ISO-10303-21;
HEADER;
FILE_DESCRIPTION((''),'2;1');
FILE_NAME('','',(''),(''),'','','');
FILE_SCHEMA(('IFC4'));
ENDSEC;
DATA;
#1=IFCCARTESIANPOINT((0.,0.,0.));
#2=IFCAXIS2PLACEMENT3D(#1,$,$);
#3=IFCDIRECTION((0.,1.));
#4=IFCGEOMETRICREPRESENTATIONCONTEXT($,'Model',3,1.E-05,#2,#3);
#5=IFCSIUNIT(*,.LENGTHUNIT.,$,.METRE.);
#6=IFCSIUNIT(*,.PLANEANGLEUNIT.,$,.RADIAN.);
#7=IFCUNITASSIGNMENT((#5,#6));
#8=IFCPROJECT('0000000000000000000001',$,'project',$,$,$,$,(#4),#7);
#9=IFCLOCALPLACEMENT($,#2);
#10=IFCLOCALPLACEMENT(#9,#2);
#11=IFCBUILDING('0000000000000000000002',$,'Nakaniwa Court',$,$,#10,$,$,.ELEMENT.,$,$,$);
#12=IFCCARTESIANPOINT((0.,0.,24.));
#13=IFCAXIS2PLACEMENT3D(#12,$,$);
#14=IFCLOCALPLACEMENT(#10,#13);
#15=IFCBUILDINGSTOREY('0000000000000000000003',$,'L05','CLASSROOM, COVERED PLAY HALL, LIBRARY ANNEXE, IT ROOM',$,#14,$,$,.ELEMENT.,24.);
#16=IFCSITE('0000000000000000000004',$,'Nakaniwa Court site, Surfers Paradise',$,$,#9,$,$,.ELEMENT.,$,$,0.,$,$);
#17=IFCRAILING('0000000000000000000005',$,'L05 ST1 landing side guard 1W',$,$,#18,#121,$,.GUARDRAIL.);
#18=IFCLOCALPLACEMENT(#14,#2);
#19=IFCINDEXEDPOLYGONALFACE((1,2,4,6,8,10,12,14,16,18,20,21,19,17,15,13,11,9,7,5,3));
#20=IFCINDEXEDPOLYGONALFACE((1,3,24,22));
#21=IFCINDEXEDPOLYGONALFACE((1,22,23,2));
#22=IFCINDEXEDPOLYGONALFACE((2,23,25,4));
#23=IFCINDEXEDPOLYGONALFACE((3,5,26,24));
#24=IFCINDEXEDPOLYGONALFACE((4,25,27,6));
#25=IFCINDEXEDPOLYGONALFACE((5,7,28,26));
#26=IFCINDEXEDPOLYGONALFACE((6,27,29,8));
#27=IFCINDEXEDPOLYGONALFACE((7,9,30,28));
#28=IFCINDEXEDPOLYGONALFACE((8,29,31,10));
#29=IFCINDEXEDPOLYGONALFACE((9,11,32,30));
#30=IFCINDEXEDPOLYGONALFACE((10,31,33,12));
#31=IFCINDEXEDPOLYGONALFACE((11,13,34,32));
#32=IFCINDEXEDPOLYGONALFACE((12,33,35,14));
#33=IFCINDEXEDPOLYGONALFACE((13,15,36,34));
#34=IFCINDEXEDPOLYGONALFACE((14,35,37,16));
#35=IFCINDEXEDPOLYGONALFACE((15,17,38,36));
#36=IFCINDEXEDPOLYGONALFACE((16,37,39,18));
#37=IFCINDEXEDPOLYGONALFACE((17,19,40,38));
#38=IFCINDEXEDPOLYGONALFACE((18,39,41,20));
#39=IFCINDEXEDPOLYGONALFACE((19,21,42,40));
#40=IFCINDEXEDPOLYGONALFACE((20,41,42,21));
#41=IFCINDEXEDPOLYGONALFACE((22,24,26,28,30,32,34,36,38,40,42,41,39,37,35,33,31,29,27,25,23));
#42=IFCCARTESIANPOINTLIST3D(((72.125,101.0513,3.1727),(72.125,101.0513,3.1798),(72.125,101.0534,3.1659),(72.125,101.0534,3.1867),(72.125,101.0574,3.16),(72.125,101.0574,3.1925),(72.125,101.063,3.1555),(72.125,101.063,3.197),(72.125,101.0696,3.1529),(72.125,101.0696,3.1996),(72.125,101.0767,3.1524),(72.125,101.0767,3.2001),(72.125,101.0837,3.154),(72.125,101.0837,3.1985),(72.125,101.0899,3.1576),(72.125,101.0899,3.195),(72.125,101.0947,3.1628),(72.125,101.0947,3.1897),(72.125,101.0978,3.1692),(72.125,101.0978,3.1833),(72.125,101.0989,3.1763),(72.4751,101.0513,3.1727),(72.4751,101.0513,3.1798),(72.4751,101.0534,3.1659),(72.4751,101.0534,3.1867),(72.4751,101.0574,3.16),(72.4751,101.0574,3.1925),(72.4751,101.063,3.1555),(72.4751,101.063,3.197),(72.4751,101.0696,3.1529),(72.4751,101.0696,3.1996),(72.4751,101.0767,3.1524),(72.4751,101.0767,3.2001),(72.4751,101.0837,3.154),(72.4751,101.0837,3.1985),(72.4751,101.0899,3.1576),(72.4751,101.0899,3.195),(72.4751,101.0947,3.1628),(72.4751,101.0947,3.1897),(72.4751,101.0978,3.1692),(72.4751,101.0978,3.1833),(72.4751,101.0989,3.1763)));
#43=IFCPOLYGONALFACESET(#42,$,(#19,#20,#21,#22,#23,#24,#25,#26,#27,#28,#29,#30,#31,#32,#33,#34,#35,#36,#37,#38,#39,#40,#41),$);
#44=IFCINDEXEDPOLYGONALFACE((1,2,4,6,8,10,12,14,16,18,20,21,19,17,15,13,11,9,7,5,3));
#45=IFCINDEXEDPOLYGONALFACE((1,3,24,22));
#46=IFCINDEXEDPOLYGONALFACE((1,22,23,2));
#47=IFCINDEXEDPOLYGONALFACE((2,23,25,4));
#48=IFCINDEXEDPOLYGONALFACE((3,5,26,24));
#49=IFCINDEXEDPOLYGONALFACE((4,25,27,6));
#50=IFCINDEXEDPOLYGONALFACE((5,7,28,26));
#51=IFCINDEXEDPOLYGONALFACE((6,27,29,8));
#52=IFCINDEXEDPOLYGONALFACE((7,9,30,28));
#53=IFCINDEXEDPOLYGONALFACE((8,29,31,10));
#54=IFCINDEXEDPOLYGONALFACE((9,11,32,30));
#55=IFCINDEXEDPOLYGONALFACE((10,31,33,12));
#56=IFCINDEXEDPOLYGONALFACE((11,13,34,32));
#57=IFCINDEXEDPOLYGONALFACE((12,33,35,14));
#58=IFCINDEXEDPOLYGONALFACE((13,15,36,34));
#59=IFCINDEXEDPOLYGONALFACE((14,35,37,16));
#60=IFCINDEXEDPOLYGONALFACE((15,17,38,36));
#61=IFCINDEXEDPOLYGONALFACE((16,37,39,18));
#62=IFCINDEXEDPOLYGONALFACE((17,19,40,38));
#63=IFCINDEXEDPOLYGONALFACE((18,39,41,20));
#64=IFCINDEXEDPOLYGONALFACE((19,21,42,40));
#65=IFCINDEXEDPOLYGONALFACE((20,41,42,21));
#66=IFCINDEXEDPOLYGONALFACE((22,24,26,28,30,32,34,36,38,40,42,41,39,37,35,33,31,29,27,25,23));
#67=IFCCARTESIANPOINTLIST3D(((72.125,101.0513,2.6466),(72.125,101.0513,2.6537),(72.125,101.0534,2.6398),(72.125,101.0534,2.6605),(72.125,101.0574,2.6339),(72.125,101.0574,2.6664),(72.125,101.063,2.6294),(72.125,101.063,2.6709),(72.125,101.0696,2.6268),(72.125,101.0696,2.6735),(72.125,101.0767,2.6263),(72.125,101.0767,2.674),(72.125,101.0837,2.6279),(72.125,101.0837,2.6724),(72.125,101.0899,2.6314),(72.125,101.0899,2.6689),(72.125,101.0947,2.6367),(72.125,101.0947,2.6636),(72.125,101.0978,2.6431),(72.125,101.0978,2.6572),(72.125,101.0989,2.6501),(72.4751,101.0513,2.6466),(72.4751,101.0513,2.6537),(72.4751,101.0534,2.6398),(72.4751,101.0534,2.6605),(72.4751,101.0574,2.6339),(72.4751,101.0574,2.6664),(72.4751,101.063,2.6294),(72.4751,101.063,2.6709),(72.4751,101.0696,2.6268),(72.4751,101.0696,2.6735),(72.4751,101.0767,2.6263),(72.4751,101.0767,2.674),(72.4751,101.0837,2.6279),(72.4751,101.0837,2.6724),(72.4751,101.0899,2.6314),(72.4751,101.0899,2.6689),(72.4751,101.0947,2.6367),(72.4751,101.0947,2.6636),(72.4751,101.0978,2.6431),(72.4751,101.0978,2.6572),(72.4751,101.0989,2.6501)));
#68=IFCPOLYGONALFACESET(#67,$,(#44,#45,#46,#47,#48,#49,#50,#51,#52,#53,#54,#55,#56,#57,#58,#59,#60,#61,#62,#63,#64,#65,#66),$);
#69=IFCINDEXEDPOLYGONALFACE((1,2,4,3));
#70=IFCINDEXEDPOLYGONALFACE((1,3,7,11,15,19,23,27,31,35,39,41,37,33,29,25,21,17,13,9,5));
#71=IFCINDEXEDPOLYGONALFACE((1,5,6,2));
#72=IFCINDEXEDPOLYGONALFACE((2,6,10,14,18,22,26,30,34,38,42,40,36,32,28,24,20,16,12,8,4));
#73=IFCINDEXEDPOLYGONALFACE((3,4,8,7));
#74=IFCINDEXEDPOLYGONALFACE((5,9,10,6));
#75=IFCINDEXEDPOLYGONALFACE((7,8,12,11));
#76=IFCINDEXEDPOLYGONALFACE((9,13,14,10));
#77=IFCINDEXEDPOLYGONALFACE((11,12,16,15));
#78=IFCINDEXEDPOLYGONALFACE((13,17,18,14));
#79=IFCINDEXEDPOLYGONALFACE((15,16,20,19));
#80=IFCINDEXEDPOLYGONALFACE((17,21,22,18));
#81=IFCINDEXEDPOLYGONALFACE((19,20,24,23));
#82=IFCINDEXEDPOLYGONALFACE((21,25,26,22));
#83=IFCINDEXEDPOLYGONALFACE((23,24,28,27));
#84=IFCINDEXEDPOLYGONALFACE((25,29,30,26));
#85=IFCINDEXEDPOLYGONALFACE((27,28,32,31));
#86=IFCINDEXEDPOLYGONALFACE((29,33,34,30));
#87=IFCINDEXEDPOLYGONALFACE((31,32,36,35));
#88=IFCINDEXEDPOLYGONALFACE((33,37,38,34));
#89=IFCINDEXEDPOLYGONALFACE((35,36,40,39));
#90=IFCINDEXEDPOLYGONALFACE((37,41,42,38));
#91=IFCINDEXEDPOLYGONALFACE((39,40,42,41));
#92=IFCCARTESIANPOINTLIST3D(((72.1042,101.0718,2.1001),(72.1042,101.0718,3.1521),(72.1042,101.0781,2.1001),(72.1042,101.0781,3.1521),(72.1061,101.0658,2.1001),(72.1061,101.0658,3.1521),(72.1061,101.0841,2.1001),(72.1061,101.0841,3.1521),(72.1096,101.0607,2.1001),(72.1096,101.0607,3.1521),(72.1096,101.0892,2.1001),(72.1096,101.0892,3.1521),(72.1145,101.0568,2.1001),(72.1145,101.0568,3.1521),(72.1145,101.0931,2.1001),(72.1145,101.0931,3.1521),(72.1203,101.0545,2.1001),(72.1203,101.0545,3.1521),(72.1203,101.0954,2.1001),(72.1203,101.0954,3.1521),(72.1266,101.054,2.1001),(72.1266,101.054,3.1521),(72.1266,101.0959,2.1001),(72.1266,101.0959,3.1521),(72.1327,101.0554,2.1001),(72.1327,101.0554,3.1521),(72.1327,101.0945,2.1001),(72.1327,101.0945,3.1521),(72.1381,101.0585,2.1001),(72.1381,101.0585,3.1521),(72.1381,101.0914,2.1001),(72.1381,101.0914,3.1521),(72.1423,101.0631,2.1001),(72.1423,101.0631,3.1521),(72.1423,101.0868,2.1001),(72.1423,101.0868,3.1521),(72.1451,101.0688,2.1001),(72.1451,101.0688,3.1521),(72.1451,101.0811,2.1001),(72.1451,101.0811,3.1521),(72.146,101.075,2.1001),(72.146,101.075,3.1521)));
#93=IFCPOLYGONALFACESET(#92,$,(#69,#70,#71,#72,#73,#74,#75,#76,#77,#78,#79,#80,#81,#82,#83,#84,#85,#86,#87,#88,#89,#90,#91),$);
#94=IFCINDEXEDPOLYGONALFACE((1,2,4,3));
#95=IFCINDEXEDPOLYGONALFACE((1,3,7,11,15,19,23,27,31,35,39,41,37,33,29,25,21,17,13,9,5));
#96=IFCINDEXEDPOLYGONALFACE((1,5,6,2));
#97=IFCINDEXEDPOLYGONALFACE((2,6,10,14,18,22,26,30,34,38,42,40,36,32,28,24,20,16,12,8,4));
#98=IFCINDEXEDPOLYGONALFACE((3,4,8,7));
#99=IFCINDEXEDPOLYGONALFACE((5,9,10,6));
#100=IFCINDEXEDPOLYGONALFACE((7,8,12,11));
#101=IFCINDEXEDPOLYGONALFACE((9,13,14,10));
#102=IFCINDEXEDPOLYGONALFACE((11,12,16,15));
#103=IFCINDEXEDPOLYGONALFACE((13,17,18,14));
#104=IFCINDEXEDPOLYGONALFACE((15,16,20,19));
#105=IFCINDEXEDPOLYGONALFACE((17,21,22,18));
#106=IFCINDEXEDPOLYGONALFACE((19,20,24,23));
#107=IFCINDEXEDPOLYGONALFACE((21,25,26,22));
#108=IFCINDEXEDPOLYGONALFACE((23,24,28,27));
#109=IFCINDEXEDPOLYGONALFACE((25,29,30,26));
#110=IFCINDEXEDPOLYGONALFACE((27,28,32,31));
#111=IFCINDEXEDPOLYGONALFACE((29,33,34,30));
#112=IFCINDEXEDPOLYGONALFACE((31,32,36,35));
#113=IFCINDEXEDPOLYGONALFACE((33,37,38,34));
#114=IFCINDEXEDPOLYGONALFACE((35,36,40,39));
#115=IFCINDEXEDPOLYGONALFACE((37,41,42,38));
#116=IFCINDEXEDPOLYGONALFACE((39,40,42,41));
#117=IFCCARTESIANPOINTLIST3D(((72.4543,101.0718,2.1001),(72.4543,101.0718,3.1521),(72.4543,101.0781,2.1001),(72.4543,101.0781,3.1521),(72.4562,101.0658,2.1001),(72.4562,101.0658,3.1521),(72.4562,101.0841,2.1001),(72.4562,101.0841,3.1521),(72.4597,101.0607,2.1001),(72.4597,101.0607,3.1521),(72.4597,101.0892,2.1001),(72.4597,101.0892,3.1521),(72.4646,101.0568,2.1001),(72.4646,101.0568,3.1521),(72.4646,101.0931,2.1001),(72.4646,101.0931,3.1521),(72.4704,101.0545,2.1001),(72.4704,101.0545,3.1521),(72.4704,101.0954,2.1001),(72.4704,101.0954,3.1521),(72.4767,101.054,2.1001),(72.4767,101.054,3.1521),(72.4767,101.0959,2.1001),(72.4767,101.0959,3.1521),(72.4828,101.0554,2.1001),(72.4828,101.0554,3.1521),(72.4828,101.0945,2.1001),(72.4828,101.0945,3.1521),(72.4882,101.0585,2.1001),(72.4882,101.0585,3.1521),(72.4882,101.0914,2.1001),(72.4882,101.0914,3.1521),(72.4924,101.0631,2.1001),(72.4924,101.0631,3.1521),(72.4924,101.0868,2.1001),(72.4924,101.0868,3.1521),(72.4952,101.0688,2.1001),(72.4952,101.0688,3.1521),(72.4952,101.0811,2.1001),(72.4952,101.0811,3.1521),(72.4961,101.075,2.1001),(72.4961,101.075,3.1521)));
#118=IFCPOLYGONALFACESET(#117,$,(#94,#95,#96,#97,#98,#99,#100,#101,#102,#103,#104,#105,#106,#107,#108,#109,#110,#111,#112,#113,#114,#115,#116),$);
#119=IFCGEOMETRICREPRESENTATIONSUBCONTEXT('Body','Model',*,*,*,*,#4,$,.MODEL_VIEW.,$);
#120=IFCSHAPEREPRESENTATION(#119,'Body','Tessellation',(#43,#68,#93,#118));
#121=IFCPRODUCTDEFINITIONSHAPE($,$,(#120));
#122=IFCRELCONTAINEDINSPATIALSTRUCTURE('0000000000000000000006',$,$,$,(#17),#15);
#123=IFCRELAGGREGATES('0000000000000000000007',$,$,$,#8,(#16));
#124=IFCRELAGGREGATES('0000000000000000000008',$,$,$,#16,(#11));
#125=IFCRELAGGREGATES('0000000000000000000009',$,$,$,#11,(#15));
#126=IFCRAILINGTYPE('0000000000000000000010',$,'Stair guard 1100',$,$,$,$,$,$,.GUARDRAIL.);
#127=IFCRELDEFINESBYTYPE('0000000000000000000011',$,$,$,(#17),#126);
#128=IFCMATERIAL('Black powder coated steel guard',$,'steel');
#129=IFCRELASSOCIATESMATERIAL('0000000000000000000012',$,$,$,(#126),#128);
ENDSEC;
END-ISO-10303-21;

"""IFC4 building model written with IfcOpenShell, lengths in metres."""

from ifc_helpers import new_model, si_unit, direction, frame, origin, origin_2d, place, context, subcontext, project, spatial, circle, extrude, material, type_object, element, save


model = new_model("IFC4")

# Units and contexts
model_context = context("Model", 3, precision=1e-05, world=origin(), true_north=direction((0.0, 1.0)))
body_context = subcontext(model_context, "Body", "Model", "MODEL_VIEW")
ifc_project = project(units=[si_unit("LENGTHUNIT", "METRE"), si_unit("PLANEANGLEUNIT", "RADIAN")], contexts=[model_context])

# Site, building, storey
site_placement = place(None, origin())
site = spatial("IfcSite", under=ifc_project, at=site_placement, Name="Nakaniwa Court site, Surfers Paradise", CompositionType="ELEMENT", RefElevation=0.0)
building_placement = place(site_placement, origin())
building = spatial("IfcBuilding", under=site, at=building_placement, Name="Nakaniwa Court", CompositionType="ELEMENT")
storey_placement = place(building_placement, frame((0.0, 0.0, 24.0)))
storey = spatial("IfcBuildingStorey", under=building, at=storey_placement, Name="L05", Description="CLASSROOM, COVERED PLAY HALL, LIBRARY ANNEXE, IT ROOM", CompositionType="ELEMENT", Elevation=24.0)

# Railing
ifc_material_1 = material(Name="Black powder coated steel guard", Category="steel")
railing_type = type_object("IfcRailingType", Name="Stair guard 1100", PredefinedType="GUARDRAIL", material=ifc_material_1)
railing_1_placement = place(storey_placement, frame((72.125, 101.075, 2.1001)))
element("IfcRailing", 1, at=railing_1_placement, inside=storey, type_object=railing_type, Name="L05 ST1 landing side guard 1W", PredefinedType="GUARDRAIL", context=body_context, shape_type="SweptSolid", body=[
    extrude(circle(Radius=0.0239, at=origin_2d()), frame((0.0, 0.0, 1.0762), z_axis=(1.0, 0.0, 0.0), x_axis=(0.0, 1.0, 0.0)), (0.0, 0.0, 1.0), 0.3501),
    extrude(circle(Radius=0.0239, at=origin_2d()), frame((0.0, 0.0, 0.55), z_axis=(1.0, 0.0, 0.0), x_axis=(0.0, 1.0, 0.0)), (0.0, 0.0, 1.0), 0.3501),
    extrude(circle(Radius=0.021, at=origin_2d()), origin(), (0.0, 0.0, 1.0), 1.052),
    extrude(circle(Radius=0.021, at=origin_2d()), frame((0.3501, 0.0, 0.0)), (0.0, 0.0, 1.0), 1.052),
])

save(model, "model.ifc")
